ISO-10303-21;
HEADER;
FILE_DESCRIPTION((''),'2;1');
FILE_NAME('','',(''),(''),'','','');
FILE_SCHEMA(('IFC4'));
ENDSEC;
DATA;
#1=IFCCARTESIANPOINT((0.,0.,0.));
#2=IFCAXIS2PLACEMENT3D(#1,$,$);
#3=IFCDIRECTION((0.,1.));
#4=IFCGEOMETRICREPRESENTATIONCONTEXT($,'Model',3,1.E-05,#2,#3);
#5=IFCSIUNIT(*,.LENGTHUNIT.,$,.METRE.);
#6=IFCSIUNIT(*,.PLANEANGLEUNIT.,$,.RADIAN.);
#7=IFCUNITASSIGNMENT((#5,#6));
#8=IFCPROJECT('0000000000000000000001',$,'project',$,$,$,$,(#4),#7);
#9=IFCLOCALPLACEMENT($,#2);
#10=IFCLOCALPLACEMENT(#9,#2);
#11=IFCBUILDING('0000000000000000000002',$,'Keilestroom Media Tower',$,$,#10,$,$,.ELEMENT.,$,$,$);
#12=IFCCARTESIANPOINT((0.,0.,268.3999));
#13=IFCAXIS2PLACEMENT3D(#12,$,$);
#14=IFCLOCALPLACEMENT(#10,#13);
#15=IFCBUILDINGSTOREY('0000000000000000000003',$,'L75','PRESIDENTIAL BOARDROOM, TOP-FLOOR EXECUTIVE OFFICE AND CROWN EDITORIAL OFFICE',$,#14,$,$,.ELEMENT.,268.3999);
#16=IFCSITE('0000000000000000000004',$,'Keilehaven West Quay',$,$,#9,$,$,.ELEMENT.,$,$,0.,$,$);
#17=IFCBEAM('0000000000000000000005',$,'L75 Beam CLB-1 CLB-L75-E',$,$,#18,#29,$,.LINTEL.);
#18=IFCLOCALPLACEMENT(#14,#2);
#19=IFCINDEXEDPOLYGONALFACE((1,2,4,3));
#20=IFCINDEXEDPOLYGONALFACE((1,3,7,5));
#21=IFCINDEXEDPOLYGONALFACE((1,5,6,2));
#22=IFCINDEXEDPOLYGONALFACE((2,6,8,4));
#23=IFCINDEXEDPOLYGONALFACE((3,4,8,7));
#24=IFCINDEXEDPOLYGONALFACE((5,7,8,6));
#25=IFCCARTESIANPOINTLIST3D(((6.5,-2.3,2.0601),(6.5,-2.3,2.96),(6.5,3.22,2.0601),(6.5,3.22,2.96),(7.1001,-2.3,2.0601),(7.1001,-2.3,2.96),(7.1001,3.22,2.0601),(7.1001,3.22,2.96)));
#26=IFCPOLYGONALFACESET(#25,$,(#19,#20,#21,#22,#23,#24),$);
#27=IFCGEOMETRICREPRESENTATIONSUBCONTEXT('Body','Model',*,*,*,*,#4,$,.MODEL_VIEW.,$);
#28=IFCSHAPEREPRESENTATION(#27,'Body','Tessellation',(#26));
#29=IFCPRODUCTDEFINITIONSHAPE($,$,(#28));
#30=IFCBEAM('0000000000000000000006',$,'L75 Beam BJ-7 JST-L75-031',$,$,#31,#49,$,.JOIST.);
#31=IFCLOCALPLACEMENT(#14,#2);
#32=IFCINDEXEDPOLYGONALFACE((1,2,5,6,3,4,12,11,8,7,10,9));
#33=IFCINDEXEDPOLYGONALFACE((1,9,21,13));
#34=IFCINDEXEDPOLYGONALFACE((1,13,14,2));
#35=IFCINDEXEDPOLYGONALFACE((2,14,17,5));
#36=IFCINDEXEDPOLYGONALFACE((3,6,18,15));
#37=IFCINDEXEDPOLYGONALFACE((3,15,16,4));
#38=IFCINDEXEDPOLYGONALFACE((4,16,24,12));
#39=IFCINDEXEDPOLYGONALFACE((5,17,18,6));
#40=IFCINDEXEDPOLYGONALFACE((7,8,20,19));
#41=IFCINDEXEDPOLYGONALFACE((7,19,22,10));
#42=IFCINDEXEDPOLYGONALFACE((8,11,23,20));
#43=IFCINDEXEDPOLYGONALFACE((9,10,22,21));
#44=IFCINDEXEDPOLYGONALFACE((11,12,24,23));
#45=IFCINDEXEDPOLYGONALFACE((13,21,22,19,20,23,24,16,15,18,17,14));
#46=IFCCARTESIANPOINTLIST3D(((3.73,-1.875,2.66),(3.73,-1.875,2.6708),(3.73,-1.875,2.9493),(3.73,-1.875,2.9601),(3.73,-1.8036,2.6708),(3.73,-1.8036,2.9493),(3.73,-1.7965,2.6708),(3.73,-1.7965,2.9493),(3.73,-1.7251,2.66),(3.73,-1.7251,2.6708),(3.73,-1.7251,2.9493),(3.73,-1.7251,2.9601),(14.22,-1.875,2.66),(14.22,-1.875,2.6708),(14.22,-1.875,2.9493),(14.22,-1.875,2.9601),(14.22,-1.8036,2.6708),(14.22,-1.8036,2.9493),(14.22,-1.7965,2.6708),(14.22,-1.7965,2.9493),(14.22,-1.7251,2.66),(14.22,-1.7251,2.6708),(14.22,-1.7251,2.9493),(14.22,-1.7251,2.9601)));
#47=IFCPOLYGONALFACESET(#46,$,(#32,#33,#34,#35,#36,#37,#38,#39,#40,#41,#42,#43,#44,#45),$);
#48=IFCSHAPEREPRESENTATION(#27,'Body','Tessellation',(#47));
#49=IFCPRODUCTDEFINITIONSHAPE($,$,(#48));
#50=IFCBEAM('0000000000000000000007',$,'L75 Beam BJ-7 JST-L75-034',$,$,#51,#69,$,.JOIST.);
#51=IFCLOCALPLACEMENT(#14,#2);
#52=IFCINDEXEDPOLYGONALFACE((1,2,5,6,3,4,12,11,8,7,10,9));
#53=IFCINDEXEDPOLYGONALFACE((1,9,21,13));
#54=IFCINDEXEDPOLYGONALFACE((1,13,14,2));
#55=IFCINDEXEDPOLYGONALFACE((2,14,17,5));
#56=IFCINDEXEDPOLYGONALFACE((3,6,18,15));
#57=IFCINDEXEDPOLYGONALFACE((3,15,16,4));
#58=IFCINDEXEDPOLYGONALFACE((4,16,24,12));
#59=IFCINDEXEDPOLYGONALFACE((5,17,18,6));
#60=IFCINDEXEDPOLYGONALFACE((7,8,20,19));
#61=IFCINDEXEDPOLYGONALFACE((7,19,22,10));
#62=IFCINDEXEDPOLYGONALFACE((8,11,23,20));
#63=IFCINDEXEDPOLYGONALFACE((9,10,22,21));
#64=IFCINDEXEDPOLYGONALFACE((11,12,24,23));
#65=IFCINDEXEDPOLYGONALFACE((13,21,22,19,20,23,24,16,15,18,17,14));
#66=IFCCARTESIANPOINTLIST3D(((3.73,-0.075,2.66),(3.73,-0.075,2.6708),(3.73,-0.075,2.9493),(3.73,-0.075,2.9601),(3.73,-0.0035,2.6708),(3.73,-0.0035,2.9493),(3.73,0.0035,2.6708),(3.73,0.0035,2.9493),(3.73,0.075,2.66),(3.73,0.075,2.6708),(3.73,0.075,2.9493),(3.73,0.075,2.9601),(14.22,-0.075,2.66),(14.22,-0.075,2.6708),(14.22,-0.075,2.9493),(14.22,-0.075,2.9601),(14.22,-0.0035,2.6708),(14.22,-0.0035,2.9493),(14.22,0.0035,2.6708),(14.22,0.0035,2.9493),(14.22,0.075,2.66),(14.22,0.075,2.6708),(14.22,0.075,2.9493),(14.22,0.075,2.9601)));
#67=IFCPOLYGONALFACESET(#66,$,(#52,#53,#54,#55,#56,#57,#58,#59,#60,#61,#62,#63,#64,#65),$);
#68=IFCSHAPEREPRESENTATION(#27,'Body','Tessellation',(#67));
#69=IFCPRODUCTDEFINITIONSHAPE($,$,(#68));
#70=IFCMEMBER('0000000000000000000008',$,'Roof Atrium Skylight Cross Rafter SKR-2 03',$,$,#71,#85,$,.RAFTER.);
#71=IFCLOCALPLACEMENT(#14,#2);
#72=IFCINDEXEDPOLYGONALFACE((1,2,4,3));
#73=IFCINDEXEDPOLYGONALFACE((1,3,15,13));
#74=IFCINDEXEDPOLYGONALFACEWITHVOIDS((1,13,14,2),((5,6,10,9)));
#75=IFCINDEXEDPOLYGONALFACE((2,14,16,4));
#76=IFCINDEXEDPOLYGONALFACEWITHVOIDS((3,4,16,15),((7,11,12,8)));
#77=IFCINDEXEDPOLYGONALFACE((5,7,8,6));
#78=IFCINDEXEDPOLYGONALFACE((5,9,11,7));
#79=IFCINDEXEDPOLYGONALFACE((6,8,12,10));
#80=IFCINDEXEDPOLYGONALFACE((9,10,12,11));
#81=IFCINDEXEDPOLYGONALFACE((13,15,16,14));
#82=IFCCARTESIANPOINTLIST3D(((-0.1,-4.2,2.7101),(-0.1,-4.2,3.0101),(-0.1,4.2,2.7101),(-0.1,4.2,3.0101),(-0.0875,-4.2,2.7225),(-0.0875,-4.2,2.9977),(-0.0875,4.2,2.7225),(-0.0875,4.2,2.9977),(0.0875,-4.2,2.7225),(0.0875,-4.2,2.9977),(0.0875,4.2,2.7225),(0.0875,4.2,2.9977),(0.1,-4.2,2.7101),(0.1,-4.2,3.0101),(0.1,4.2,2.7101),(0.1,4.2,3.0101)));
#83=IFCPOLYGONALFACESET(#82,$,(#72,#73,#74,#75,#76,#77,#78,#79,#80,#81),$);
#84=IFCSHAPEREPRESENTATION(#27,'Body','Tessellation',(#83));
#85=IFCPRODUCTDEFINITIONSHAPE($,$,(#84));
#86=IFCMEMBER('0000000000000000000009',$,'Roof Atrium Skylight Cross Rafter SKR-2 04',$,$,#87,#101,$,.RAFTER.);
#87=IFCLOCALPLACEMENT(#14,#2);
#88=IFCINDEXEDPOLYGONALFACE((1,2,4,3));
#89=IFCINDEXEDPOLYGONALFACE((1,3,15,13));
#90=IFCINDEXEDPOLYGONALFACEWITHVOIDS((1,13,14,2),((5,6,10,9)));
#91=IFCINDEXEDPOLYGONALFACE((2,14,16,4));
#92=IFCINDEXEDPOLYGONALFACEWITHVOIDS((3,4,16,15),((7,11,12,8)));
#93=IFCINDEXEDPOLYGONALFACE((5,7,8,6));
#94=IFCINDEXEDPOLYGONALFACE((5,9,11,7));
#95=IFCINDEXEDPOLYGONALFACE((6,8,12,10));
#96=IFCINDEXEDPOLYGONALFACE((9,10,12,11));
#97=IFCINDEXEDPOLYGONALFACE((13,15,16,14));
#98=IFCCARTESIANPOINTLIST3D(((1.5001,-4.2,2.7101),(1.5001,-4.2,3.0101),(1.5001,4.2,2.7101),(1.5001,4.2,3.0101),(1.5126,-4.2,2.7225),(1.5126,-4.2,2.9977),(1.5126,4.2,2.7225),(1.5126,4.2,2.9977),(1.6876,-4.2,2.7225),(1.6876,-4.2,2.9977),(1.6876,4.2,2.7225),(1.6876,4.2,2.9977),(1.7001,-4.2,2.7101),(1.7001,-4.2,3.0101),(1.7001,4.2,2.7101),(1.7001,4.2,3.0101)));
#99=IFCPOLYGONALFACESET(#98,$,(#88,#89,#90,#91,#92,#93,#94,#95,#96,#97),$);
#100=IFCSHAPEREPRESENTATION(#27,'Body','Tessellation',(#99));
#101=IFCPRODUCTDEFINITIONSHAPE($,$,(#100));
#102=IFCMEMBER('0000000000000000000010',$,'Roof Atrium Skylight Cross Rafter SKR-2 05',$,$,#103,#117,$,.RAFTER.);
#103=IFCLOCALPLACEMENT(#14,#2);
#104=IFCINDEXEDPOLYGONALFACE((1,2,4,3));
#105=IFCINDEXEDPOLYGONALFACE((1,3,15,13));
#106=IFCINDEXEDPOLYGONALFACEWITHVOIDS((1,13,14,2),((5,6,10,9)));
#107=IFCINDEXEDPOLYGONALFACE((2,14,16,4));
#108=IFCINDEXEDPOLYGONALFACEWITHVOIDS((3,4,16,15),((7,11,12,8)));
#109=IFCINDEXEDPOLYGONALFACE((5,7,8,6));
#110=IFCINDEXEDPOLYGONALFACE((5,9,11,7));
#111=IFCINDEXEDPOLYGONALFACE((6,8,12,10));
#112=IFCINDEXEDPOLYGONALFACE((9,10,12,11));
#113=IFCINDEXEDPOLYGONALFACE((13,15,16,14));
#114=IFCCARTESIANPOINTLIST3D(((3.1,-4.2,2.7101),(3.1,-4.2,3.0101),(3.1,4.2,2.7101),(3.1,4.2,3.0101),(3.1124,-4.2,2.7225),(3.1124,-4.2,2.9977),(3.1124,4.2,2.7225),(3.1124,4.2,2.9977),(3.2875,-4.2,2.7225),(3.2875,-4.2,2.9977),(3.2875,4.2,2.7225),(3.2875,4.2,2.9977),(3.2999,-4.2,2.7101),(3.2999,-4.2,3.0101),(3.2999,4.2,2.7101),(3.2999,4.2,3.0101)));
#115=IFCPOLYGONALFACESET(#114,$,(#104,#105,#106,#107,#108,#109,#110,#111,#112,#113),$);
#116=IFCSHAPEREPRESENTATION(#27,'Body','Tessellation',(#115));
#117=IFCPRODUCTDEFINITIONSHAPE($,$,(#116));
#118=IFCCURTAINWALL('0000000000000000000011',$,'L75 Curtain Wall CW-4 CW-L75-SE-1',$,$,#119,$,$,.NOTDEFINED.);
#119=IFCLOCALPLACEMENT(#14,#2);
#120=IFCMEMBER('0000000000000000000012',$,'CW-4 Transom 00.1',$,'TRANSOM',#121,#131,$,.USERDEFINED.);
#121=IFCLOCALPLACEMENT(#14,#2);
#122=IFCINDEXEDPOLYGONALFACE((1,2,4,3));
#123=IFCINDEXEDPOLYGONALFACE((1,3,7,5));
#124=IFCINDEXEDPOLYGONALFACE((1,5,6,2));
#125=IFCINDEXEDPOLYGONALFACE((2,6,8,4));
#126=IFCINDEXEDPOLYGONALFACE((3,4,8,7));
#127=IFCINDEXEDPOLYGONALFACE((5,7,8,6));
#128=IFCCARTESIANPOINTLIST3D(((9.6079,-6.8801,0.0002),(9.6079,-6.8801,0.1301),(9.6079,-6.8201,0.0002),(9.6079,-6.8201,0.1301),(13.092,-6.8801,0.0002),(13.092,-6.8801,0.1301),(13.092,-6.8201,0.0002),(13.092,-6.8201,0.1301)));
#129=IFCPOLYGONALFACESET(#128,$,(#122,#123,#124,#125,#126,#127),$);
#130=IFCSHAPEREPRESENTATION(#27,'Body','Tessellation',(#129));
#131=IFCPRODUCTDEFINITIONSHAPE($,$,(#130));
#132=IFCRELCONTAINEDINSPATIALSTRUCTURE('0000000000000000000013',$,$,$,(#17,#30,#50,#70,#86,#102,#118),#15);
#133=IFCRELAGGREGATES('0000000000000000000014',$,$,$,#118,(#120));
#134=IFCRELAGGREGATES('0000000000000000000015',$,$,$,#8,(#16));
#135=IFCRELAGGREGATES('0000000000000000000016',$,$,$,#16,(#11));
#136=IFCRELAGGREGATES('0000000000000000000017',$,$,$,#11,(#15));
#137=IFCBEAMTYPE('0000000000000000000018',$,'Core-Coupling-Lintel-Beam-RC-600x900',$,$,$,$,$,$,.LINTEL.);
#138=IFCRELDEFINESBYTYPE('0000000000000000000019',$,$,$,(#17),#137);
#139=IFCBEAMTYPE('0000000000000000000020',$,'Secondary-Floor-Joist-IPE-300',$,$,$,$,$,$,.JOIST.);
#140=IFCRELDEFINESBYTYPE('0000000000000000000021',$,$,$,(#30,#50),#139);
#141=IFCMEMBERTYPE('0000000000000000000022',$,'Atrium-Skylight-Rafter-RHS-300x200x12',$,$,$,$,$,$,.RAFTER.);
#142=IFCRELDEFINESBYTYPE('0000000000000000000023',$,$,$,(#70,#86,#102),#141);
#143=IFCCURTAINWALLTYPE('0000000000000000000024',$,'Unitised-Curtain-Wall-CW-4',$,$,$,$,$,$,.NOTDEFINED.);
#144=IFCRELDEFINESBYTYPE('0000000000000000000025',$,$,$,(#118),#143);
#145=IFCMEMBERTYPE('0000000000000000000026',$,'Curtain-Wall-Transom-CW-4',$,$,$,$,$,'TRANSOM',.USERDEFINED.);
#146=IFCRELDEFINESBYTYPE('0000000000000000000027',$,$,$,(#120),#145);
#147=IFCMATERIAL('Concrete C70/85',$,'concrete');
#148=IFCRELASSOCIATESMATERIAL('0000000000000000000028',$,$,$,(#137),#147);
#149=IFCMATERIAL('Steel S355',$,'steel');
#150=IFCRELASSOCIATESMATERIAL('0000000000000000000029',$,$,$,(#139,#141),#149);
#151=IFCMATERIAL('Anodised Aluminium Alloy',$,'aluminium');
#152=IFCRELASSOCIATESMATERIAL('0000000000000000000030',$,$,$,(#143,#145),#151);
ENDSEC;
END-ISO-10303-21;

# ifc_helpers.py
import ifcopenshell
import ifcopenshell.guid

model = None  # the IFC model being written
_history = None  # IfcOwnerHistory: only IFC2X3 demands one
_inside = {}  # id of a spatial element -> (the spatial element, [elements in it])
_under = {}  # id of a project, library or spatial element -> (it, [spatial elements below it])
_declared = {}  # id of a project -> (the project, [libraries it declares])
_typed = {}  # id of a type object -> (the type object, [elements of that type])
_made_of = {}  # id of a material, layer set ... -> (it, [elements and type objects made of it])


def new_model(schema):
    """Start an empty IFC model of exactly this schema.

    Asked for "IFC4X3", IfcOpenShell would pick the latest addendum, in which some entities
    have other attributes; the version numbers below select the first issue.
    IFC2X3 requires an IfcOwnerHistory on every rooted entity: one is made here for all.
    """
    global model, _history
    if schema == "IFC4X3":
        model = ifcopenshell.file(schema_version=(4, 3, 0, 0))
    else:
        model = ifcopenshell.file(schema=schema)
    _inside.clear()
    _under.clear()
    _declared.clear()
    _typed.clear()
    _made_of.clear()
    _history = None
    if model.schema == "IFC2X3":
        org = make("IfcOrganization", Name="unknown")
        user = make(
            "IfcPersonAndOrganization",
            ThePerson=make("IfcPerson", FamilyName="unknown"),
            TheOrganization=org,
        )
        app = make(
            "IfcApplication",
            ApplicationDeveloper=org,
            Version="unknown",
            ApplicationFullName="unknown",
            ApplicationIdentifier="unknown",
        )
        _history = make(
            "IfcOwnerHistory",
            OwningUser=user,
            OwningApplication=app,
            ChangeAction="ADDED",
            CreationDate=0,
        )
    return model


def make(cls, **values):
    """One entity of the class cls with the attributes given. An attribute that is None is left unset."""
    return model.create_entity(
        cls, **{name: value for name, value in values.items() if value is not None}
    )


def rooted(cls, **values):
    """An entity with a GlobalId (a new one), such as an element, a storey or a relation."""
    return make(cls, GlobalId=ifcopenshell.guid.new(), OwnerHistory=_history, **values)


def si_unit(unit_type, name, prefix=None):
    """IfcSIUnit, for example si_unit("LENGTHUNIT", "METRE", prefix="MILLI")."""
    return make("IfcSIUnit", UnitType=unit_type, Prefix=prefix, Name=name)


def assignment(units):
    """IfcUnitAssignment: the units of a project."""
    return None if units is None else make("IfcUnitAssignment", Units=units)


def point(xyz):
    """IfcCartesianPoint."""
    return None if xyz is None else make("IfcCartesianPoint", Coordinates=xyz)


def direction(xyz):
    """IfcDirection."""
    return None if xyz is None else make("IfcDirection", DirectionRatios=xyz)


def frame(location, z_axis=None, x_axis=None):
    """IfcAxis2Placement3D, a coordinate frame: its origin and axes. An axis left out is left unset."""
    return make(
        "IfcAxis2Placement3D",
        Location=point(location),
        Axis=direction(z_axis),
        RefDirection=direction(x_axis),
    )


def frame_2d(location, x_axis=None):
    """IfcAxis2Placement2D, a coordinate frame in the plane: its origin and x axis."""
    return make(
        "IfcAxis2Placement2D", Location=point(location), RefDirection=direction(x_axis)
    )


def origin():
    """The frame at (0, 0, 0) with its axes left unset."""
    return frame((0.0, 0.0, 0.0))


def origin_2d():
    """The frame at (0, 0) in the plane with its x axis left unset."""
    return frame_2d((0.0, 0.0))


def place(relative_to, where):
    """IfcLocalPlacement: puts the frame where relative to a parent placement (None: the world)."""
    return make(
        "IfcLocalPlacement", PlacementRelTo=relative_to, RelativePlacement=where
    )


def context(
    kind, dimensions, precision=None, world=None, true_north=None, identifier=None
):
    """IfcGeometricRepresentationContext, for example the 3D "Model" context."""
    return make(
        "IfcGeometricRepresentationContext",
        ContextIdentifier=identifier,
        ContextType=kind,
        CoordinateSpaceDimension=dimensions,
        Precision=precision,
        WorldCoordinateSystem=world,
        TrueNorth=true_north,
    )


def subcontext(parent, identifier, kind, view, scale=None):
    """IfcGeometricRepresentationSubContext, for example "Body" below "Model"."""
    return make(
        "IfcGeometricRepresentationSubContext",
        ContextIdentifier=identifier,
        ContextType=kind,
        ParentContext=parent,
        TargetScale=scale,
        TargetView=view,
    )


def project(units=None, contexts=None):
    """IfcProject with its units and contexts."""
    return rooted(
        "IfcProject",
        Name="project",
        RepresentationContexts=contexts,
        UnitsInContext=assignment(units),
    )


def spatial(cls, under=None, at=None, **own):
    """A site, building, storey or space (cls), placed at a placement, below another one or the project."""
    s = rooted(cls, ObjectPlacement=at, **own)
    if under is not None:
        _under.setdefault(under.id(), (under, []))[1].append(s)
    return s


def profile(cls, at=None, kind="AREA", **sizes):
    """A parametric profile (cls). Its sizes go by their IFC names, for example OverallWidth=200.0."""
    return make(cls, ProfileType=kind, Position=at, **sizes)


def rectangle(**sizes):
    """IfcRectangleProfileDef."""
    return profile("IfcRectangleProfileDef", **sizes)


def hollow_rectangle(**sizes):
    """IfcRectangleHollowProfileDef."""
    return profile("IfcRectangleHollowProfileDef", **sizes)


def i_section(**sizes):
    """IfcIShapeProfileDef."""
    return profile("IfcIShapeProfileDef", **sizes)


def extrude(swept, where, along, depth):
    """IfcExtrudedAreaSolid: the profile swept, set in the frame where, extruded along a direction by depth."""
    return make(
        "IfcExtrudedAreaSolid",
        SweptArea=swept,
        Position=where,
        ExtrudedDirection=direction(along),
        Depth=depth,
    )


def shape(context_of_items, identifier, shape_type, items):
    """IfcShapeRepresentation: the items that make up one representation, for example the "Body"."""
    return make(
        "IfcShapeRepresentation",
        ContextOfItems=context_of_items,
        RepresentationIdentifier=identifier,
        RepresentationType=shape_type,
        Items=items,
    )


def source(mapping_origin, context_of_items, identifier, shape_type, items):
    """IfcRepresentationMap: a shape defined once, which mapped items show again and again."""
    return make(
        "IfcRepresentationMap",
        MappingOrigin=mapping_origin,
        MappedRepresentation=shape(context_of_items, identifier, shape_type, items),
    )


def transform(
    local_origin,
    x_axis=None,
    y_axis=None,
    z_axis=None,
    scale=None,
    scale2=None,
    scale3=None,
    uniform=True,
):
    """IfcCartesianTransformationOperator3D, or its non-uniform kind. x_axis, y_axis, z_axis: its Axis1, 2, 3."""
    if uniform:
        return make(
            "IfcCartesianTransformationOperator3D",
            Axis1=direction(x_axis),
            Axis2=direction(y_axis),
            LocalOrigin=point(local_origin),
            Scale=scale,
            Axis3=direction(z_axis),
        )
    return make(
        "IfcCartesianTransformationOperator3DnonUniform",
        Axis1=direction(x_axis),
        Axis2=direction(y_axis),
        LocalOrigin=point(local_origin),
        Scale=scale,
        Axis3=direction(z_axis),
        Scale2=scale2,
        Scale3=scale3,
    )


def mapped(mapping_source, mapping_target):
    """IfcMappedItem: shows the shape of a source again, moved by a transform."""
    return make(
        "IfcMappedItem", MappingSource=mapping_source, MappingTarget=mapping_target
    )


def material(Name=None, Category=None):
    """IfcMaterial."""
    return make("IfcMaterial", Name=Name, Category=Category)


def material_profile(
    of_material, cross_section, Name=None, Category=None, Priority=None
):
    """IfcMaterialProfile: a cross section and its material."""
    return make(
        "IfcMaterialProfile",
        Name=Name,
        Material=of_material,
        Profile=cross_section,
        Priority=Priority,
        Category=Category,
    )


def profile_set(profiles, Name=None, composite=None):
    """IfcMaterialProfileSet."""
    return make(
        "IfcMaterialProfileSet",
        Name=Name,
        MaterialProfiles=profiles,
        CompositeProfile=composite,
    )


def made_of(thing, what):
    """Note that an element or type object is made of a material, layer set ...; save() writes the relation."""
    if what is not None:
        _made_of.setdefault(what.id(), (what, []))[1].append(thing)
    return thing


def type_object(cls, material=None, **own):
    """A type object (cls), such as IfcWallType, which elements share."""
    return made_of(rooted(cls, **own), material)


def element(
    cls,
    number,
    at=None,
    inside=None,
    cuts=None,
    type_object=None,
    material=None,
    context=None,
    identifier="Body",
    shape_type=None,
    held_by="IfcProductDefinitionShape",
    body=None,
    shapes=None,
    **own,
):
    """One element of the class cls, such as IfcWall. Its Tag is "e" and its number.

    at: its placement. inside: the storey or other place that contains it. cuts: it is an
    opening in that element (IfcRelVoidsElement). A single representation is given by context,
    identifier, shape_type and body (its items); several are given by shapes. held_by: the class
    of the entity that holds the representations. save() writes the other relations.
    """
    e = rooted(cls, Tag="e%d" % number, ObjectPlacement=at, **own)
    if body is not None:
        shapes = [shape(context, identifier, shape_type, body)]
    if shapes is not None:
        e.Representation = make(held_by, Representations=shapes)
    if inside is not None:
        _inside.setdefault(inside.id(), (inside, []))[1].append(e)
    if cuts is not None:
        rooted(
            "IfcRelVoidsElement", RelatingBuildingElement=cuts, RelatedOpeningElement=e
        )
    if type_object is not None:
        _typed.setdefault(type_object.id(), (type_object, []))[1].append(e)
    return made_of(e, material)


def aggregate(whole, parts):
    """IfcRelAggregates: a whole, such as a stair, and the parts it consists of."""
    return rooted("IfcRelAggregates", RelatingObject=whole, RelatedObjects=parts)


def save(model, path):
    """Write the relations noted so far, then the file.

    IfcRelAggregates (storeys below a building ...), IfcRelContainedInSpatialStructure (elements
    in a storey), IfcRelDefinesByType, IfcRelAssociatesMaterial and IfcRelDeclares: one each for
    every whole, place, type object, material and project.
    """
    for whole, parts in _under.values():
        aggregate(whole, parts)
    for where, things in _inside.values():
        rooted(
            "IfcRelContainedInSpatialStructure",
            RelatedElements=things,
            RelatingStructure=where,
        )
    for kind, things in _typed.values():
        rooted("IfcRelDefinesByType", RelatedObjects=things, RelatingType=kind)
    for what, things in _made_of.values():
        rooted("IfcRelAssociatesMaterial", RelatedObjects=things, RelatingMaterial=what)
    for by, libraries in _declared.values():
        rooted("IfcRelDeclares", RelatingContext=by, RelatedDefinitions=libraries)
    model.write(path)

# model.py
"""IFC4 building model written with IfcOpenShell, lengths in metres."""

from ifc_helpers import new_model, si_unit, direction, frame, origin, origin_2d, place, context, subcontext, project, spatial, rectangle, hollow_rectangle, i_section, extrude, source, transform, mapped, material, material_profile, profile_set, type_object, element, aggregate, save


model = new_model("IFC4")

# Units and contexts
model_context = context("Model", 3, precision=1e-05, world=origin(), true_north=direction((0.0, 1.0)))
body_context = subcontext(model_context, "Body", "Model", "MODEL_VIEW")
ifc_project = project(units=[si_unit("LENGTHUNIT", "METRE"), si_unit("PLANEANGLEUNIT", "RADIAN")], contexts=[model_context])

# Site, building, storey
site_placement = place(None, origin())
site = spatial("IfcSite", under=ifc_project, at=site_placement, Name="Keilehaven West Quay", CompositionType="ELEMENT", RefElevation=0.0)
building_placement = place(site_placement, origin())
building = spatial("IfcBuilding", under=site, at=building_placement, Name="Keilestroom Media Tower", CompositionType="ELEMENT")
storey_placement = place(building_placement, frame((0.0, 0.0, 268.3999)))
storey = spatial("IfcBuildingStorey", under=building, at=storey_placement, Name="L75", Description="PRESIDENTIAL BOARDROOM, TOP-FLOOR EXECUTIVE OFFICE AND CROWN EDITORIAL OFFICE", CompositionType="ELEMENT", Elevation=268.3999)

# Beams
ifc_material_1 = material(Name="Concrete C70/85", Category="concrete")
ifc_material_profile_1 = material_profile(ifc_material_1, rectangle(XDim=0.6001, YDim=0.8999, at=origin_2d()), Name="RC 600x900")
ifc_profile_set_1 = profile_set([ifc_material_profile_1], Name="Concrete C70/85")
beam_type_1 = type_object("IfcBeamType", Name="Core-Coupling-Lintel-Beam-RC-600x900", PredefinedType="LINTEL", material=ifc_profile_set_1)
shared_shape_1 = source(origin(), body_context, "Body", "SweptSolid", [
    extrude(rectangle(XDim=0.6001, YDim=0.8999, at=origin_2d()), origin(), (0.0, 0.0, 1.0), 5.52),
])
beam_placement = place(storey_placement, frame((6.8, -2.3, 2.51), z_axis=(0.0, 1.0, 0.0), x_axis=(-1.0, 0.0, 0.0)))
element("IfcBeam", 1, at=beam_placement, inside=storey, type_object=beam_type_1, Name="L75 Beam CLB-1 CLB-L75-E", PredefinedType="LINTEL", context=body_context, shape_type="MappedRepresentation", body=[
    mapped(shared_shape_1, transform((0.0, 0.0, 0.0), x_axis=(1.0, 0.0, 0.0), y_axis=(0.0, 1.0, 0.0), z_axis=(0.0, 0.0, 1.0), scale=1.0)),
])
ifc_material_2 = material(Name="Steel S355", Category="steel")
ifc_material_profile_2 = material_profile(ifc_material_2, i_section(OverallWidth=0.1499, OverallDepth=0.3, WebThickness=0.0071, FlangeThickness=0.0107, at=origin_2d()), Name="IPE 300")
ifc_profile_set_2 = profile_set([ifc_material_profile_2], Name="Steel S355")
beam_type_2 = type_object("IfcBeamType", Name="Secondary-Floor-Joist-IPE-300", PredefinedType="JOIST", material=ifc_profile_set_2)
shared_shape_2 = source(origin(), body_context, "Body", "SweptSolid", [
    extrude(i_section(OverallWidth=0.1499, OverallDepth=0.3, WebThickness=0.0071, FlangeThickness=0.0107, at=origin_2d()), origin(), (0.0, 0.0, 1.0), 10.49),
])
for number, where, z_axis, x_axis, name in (
    (2, (3.73, -1.8, 2.8101), (1.0, 0.0, 0.0), (0.0, 1.0, 0.0), "L75 Beam BJ-7 JST-L75-031"),
    (3, (3.73, 0.0, 2.8101), (1.0, 0.0, 0.0), (0.0, 1.0, 0.0), "L75 Beam BJ-7 JST-L75-034"),
):
    element("IfcBeam", number, at=place(storey_placement, frame(where, z_axis=z_axis, x_axis=x_axis)), inside=storey, type_object=beam_type_2, Name=name, PredefinedType="JOIST", context=body_context, shape_type="MappedRepresentation", body=[
        mapped(shared_shape_2, transform((0.0, 0.0, 0.0), x_axis=(1.0, 0.0, 0.0), y_axis=(0.0, 1.0, 0.0), z_axis=(0.0, 0.0, 1.0), scale=1.0)),
    ])

# Members
ifc_material_profile_3 = material_profile(ifc_material_2, hollow_rectangle(XDim=0.2, YDim=0.3, WallThickness=0.0125, at=origin_2d()), Name="RHS 300x200x12.5")
ifc_profile_set_3 = profile_set([ifc_material_profile_3], Name="Steel S355")
member_type_1 = type_object("IfcMemberType", Name="Atrium-Skylight-Rafter-RHS-300x200x12", PredefinedType="RAFTER", material=ifc_profile_set_3)
shared_shape_3 = source(origin(), body_context, "Body", "SweptSolid", [
    extrude(hollow_rectangle(XDim=0.2, YDim=0.3, WallThickness=0.0125, at=origin_2d()), origin(), (0.0, 0.0, 1.0), 8.3999),
])
for number, where, z_axis, x_axis, name in (
    (4, (0.0, -4.2, 2.8601), (0.0, 1.0, 0.0), (-1.0, 0.0, 0.0), "Roof Atrium Skylight Cross Rafter SKR-2 03"),
    (5, (1.6001, -4.2, 2.8601), (0.0, 1.0, 0.0), (-1.0, 0.0, 0.0), "Roof Atrium Skylight Cross Rafter SKR-2 04"),
    (6, (3.2, -4.2, 2.8601), (0.0, 1.0, 0.0), (-1.0, 0.0, 0.0), "Roof Atrium Skylight Cross Rafter SKR-2 05"),
):
    element("IfcMember", number, at=place(storey_placement, frame(where, z_axis=z_axis, x_axis=x_axis)), inside=storey, type_object=member_type_1, Name=name, PredefinedType="RAFTER", context=body_context, shape_type="MappedRepresentation", body=[
        mapped(shared_shape_3, transform((0.0, 0.0, 0.0), x_axis=(1.0, 0.0, 0.0), y_axis=(0.0, 1.0, 0.0), z_axis=(0.0, 0.0, 1.0), scale=1.0)),
    ])

# Curtain wall, member
ifc_material_3 = material(Name="Anodised Aluminium Alloy", Category="aluminium")
curtain_wall_type = type_object("IfcCurtainWallType", Name="Unitised-Curtain-Wall-CW-4", PredefinedType="NOTDEFINED", material=ifc_material_3)
curtain_wall_placement = place(storey_placement, origin())
curtain_wall = element("IfcCurtainWall", 7, at=curtain_wall_placement, inside=storey, type_object=curtain_wall_type, Name="L75 Curtain Wall CW-4 CW-L75-SE-1", PredefinedType="NOTDEFINED")
ifc_material_profile_4 = material_profile(ifc_material_3, rectangle(XDim=0.0601, YDim=0.1299, at=origin_2d()), Name="ALU TRANSOM 60x130")
ifc_profile_set_4 = profile_set([ifc_material_profile_4], Name="Anodised Aluminium Alloy")
member_type_2 = type_object("IfcMemberType", Name="Curtain-Wall-Transom-CW-4", ElementType="TRANSOM", PredefinedType="USERDEFINED", material=ifc_profile_set_4)
shared_shape_4 = source(origin(), body_context, "Body", "SweptSolid", [
    extrude(rectangle(XDim=0.0601, YDim=0.1299, at=origin_2d()), origin(), (0.0, 0.0, 1.0), 3.4841),
])
member_placement = place(storey_placement, frame((9.6079, -6.8501, 0.0652), z_axis=(1.0, 0.0, 0.0), x_axis=(0.0, 1.0, 0.0)))
member = element("IfcMember", 8, at=member_placement, type_object=member_type_2, Name="CW-4 Transom 00.1", ObjectType="TRANSOM", PredefinedType="USERDEFINED", context=body_context, shape_type="MappedRepresentation", body=[
    mapped(shared_shape_4, transform((0.0, 0.0, 0.0), x_axis=(1.0, 0.0, 0.0), y_axis=(0.0, 1.0, 0.0), z_axis=(0.0, 0.0, 1.0), scale=1.0)),
])

aggregate(curtain_wall, [member])

save(model, "model.ifc")
